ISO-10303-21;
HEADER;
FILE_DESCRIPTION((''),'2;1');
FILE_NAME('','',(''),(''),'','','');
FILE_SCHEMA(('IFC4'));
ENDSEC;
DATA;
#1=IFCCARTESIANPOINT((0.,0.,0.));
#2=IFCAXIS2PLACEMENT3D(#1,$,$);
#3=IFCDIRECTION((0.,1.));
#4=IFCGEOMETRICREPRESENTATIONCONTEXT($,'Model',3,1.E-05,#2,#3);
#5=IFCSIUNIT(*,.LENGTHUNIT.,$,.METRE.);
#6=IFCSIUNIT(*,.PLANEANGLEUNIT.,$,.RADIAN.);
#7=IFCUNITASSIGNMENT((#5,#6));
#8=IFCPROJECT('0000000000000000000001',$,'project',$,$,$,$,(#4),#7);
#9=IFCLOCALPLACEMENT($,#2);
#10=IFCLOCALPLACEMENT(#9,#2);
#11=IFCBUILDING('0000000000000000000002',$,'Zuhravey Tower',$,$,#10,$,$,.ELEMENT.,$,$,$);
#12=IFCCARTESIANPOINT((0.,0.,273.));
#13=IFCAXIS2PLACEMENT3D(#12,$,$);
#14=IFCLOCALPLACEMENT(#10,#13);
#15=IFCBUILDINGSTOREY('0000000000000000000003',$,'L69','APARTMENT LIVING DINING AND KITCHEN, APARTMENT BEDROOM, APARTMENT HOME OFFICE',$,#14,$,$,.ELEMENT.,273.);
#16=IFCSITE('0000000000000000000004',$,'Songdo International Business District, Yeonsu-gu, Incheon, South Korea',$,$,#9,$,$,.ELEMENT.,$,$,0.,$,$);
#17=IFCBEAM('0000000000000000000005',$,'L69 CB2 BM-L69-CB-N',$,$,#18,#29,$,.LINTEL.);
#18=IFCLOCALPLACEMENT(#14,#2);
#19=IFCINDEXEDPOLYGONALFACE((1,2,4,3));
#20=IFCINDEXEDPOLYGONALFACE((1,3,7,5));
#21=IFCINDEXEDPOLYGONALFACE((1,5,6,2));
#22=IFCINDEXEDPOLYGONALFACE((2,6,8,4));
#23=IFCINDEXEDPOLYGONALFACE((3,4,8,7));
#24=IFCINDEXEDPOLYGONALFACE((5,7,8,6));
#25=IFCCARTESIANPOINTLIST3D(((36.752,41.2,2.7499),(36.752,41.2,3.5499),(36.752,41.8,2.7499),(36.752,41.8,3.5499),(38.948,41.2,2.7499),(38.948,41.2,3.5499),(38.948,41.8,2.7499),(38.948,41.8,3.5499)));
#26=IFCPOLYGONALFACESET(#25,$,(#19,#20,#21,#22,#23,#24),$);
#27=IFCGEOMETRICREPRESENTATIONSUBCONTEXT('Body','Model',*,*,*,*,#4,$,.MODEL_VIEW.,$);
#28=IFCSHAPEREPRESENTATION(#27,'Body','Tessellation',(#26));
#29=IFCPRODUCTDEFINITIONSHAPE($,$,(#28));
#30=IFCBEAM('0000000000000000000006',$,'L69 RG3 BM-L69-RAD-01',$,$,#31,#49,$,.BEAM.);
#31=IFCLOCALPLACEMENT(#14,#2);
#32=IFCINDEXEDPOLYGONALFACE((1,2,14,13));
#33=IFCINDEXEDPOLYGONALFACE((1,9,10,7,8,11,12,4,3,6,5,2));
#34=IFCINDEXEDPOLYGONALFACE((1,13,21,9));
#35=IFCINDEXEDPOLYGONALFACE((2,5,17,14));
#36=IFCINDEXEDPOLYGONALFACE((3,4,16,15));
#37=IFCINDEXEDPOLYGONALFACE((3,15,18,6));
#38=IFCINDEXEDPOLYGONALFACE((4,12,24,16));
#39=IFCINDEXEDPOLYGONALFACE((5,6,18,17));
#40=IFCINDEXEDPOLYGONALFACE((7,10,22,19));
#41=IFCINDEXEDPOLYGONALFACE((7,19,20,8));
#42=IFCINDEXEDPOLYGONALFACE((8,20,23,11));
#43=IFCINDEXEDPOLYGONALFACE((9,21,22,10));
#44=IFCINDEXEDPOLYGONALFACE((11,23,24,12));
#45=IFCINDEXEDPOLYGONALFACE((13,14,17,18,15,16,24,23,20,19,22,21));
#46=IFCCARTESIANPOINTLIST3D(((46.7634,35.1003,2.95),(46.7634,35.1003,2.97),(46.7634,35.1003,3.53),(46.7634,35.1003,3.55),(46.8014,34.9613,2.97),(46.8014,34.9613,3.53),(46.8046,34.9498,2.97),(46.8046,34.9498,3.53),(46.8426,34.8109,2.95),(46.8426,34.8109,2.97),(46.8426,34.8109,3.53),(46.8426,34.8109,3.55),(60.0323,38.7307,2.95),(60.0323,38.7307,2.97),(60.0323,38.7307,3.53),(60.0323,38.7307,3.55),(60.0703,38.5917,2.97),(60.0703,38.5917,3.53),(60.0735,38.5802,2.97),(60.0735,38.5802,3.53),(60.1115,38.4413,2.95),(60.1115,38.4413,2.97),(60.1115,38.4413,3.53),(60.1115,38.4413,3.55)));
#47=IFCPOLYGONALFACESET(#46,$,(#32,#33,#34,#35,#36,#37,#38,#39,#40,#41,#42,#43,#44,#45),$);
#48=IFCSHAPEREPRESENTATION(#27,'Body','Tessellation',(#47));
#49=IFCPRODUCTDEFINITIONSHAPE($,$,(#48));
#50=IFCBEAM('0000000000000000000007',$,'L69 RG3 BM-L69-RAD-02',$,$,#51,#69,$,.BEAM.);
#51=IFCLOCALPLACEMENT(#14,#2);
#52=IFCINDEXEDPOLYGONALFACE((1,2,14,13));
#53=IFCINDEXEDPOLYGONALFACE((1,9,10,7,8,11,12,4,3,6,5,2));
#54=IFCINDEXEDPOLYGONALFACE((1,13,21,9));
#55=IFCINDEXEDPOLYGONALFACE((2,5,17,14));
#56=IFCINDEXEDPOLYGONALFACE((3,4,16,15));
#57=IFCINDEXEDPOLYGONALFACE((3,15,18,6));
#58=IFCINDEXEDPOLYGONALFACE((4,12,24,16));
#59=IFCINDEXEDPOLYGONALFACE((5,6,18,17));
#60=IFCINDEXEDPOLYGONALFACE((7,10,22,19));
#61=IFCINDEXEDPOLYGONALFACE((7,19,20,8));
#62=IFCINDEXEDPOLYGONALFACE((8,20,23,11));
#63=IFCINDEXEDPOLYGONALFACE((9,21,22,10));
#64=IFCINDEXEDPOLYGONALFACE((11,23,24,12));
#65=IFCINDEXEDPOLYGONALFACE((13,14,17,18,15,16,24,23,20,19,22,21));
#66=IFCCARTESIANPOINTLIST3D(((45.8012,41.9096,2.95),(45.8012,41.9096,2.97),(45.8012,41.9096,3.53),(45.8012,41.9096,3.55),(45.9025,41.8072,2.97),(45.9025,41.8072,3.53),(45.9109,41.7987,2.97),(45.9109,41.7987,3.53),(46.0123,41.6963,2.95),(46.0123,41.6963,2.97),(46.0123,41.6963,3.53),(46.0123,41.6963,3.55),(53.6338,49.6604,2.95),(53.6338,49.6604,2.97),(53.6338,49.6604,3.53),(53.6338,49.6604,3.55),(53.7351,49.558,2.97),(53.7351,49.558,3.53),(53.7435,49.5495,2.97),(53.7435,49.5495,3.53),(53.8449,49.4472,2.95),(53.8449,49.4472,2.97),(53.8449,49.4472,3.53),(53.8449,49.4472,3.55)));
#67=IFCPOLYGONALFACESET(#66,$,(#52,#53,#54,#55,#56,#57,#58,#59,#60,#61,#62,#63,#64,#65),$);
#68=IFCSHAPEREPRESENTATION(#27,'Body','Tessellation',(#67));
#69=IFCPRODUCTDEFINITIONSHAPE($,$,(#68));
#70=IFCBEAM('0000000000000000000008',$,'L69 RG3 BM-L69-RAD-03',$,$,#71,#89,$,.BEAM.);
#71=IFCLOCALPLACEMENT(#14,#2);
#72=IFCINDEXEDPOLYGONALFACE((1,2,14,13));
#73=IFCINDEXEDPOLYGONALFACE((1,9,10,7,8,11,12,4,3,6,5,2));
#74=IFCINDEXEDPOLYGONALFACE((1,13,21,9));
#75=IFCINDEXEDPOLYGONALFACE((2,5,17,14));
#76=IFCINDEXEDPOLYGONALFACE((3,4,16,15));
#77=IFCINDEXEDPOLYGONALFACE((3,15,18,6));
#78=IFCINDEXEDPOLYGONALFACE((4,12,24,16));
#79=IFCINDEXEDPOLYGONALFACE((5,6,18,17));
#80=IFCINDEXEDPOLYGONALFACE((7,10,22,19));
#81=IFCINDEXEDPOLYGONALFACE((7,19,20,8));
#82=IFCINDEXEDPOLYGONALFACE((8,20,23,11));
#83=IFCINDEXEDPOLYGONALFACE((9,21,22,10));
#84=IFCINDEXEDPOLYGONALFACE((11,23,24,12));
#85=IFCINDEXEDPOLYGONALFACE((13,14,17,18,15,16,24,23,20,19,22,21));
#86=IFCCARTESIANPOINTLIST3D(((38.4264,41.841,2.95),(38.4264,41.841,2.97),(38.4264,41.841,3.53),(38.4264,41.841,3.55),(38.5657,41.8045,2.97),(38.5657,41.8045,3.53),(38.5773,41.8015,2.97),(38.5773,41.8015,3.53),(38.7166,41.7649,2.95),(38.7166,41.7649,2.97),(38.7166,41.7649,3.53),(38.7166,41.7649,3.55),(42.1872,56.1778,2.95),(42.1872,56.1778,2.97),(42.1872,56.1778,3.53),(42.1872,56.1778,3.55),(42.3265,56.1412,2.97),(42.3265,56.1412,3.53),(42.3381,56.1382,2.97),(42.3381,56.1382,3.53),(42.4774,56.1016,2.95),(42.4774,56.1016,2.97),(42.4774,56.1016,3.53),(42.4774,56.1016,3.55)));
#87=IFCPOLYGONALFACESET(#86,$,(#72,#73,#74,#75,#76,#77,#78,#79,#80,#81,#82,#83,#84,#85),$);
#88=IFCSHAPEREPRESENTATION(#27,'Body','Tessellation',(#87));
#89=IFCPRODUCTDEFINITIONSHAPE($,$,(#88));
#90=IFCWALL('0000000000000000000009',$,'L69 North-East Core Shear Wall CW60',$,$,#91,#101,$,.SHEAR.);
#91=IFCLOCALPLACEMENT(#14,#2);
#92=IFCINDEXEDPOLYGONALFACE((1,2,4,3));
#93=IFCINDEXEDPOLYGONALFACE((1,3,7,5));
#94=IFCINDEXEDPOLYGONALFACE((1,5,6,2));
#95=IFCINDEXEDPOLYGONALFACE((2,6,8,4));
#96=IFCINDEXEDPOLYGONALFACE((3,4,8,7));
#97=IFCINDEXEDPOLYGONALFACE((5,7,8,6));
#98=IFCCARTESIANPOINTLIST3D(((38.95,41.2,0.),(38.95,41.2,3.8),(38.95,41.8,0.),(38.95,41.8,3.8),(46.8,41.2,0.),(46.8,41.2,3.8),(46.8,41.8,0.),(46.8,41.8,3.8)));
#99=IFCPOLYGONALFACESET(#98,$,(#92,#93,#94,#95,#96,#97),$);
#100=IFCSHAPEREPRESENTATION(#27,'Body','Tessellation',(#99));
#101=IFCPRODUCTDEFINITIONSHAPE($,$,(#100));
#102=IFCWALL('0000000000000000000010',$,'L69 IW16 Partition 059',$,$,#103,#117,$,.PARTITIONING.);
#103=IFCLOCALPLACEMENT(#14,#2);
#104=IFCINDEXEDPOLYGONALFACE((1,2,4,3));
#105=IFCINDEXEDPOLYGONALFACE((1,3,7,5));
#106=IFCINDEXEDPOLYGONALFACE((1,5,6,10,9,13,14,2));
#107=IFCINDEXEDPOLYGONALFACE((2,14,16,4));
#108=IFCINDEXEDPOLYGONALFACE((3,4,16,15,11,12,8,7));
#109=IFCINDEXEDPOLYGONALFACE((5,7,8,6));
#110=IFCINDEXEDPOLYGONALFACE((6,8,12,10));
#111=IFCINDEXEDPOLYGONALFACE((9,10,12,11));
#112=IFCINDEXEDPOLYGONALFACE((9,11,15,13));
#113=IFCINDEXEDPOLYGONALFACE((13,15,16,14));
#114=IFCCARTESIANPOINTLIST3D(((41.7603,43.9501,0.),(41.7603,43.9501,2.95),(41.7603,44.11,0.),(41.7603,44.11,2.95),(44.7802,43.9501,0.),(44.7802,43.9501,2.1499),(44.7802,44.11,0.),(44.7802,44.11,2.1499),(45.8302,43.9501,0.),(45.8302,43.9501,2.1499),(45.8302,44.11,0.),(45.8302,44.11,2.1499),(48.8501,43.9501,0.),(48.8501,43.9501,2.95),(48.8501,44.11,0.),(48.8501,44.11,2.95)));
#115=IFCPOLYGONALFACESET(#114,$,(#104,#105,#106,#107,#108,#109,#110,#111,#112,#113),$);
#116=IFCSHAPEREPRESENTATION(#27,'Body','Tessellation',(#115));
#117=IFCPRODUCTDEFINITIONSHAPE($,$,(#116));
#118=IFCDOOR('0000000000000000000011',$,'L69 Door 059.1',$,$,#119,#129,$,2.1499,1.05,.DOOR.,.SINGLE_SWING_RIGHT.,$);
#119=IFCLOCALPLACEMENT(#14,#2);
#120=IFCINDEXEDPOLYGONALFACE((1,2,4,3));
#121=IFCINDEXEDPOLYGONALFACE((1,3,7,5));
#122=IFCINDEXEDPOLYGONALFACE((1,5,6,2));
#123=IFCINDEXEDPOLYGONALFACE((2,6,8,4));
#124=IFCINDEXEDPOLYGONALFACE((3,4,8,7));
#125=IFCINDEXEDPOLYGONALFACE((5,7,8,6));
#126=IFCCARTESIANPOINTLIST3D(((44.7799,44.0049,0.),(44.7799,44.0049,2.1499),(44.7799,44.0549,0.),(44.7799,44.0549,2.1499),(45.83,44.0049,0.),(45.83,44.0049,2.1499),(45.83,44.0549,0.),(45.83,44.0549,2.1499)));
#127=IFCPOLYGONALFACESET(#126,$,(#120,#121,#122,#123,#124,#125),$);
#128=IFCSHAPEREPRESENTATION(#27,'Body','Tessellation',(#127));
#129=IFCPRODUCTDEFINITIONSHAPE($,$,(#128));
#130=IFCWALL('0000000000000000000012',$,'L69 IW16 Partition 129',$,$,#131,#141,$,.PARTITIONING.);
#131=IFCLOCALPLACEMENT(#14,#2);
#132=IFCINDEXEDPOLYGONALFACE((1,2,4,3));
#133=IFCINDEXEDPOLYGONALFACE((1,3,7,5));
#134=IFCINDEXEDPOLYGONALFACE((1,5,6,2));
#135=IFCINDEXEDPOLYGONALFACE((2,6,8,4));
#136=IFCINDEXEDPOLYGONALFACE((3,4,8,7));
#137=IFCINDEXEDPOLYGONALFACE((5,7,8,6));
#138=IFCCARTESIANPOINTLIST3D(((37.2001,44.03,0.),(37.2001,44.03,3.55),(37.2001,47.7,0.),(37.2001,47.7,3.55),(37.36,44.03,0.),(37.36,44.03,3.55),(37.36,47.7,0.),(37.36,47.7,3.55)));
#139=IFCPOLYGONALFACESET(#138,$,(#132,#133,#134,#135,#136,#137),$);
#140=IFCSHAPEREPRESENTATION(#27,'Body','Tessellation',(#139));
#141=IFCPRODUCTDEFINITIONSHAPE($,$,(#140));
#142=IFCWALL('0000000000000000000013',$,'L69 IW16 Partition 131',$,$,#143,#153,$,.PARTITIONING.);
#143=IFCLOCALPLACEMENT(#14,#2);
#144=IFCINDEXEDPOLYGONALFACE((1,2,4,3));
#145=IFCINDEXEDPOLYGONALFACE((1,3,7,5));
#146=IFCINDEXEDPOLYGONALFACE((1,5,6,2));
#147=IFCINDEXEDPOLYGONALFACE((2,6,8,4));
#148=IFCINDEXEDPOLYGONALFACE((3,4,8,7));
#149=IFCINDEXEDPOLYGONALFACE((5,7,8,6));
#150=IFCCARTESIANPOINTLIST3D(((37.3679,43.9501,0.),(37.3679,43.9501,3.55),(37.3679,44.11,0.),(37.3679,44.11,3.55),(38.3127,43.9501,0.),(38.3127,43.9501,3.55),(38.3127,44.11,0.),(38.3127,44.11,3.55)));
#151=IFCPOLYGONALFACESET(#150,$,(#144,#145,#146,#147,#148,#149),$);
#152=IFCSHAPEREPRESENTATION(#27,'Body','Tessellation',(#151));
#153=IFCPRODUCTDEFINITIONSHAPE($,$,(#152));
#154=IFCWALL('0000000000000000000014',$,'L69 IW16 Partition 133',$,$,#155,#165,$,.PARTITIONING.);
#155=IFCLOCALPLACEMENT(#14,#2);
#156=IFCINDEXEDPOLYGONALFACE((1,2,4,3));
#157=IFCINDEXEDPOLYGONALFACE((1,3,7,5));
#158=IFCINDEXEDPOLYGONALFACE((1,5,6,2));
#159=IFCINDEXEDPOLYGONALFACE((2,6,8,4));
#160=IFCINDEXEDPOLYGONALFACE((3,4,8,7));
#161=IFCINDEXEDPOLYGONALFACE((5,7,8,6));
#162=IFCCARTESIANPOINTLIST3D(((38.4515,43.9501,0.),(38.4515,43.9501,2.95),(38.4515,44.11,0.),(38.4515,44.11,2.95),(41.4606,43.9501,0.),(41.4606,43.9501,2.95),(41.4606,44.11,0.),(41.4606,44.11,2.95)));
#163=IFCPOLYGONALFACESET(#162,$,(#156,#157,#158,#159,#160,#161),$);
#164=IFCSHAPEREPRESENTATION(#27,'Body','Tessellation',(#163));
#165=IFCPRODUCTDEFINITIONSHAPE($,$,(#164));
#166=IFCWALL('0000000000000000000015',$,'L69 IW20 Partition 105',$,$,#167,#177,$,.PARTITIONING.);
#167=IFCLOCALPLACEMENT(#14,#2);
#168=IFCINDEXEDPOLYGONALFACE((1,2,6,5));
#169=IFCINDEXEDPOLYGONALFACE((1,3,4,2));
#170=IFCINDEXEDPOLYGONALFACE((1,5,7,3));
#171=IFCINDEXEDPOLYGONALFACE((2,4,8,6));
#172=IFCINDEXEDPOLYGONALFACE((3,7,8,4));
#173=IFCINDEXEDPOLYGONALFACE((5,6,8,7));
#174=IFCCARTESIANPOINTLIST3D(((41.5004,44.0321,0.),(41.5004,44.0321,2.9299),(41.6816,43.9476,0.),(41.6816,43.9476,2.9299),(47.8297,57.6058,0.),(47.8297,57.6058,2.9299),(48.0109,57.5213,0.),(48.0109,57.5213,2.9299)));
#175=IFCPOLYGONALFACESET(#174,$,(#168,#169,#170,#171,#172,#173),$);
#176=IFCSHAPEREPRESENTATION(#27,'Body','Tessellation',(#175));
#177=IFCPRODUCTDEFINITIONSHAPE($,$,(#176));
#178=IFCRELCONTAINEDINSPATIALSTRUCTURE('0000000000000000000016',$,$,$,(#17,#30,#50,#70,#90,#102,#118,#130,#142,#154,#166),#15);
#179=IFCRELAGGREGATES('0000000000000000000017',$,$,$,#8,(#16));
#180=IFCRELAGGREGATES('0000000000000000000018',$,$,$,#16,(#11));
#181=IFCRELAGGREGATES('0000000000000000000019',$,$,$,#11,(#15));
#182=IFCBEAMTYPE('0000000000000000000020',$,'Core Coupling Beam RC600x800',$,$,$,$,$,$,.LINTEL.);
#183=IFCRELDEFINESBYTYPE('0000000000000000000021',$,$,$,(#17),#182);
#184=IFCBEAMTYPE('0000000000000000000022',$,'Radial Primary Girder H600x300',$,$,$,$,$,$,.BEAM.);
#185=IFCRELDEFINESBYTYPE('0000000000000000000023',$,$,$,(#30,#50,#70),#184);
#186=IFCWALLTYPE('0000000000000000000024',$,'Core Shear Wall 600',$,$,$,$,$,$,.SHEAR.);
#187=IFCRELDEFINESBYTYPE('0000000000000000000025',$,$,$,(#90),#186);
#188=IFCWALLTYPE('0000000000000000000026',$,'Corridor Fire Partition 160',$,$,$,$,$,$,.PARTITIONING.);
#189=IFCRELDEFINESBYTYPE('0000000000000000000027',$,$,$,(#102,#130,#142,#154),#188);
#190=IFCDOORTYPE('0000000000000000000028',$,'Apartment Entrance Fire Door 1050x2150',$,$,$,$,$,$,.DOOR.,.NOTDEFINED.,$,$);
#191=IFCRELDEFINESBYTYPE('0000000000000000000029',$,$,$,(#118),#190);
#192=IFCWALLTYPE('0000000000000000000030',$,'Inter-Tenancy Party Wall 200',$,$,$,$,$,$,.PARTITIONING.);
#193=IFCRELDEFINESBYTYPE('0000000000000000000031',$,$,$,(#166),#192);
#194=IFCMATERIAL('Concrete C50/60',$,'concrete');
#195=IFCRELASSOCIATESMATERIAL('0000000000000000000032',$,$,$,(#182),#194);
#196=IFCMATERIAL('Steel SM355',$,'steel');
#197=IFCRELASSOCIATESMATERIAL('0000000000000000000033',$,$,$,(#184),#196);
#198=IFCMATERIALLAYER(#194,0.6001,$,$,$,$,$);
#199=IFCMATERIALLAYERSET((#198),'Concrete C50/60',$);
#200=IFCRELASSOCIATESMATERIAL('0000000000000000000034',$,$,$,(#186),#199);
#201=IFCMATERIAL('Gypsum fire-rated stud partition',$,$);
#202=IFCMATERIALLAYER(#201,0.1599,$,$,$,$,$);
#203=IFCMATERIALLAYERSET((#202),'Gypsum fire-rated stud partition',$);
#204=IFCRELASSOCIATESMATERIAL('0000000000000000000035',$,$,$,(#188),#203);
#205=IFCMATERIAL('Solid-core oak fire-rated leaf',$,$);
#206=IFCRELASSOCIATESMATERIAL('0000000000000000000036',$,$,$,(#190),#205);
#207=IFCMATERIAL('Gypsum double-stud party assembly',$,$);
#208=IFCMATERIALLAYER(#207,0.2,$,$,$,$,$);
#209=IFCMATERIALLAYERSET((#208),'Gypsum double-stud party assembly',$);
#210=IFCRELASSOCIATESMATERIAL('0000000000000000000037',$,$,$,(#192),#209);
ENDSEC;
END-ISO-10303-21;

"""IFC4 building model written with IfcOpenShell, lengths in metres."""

from ifc_helpers import new_model, si_unit, direction, frame, frame_2d, origin, origin_2d, place, context, subcontext, project, spatial, rectangle, i_section, extrude, material, layer, layer_set, material_profile, profile_set, type_object, element, fill, save


model = new_model("IFC4")

# Units and contexts
model_context = context("Model", 3, precision=1e-05, world=origin(), true_north=direction((0.0, 1.0)))
body_context = subcontext(model_context, "Body", "Model", "MODEL_VIEW")
ifc_project = project(units=[si_unit("LENGTHUNIT", "METRE"), si_unit("PLANEANGLEUNIT", "RADIAN")], contexts=[model_context])

# Site, building, storey
site_placement = place(None, origin())
site = spatial("IfcSite", under=ifc_project, at=site_placement, Name="Songdo International Business District, Yeonsu-gu, Incheon, South Korea", CompositionType="ELEMENT", RefElevation=0.0)
building_placement = place(site_placement, origin())
building = spatial("IfcBuilding", under=site, at=building_placement, Name="Zuhravey Tower", CompositionType="ELEMENT")
storey_placement = place(building_placement, frame((0.0, 0.0, 273.0)))
storey = spatial("IfcBuildingStorey", under=building, at=storey_placement, Name="L69", Description="APARTMENT LIVING DINING AND KITCHEN, APARTMENT BEDROOM, APARTMENT HOME OFFICE", CompositionType="ELEMENT", Elevation=273.0)

# Beams
ifc_material_1 = material(Name="Concrete C50/60", Category="concrete")
ifc_material_profile_1 = material_profile(ifc_material_1, rectangle(XDim=0.6001, YDim=0.8, at=origin_2d()), Name="RC-600x800")
ifc_profile_set_1 = profile_set([ifc_material_profile_1], Name="Concrete C50/60")
beam_type_1 = type_object("IfcBeamType", Name="Core Coupling Beam RC600x800", PredefinedType="LINTEL", material=ifc_profile_set_1)
beam_1_placement = place(storey_placement, frame((36.752, 41.5, 3.1499), z_axis=(1.0, 0.0, 0.0), x_axis=(0.0, 1.0, 0.0)))
element("IfcBeam", 1, at=beam_1_placement, inside=storey, type_object=beam_type_1, Name="L69 CB2 BM-L69-CB-N", PredefinedType="LINTEL", context=body_context, shape_type="SweptSolid", body=[
    extrude(rectangle(XDim=0.6001, YDim=0.8, at=origin_2d()), origin(), (0.0, 0.0, 1.0), 2.196),
])
ifc_material_2 = material(Name="Steel SM355", Category="steel")
ifc_material_profile_2 = material_profile(ifc_material_2, i_section(OverallWidth=0.3, OverallDepth=0.6001, WebThickness=0.012, FlangeThickness=0.02, at=origin_2d()), Name="H-600x300x12x20")
ifc_profile_set_2 = profile_set([ifc_material_profile_2], Name="Steel SM355")
beam_type_2 = type_object("IfcBeamType", Name="Radial Primary Girder H600x300", PredefinedType="BEAM", material=ifc_profile_set_2)
beam_2_placement = place(storey_placement, frame((46.803, 34.9556, 3.25), z_axis=(0.964549, 0.263903, 0.0), x_axis=(-0.263903, 0.964549, 0.0)))
element("IfcBeam", 2, at=beam_2_placement, inside=storey, type_object=beam_type_2, Name="L69 RG3 BM-L69-RAD-01", PredefinedType="BEAM", context=body_context, shape_type="SweptSolid", body=[
    extrude(i_section(OverallWidth=0.3, OverallDepth=0.6001, WebThickness=0.012, FlangeThickness=0.02, at=origin_2d()), origin(), (0.0, 0.0, 1.0), 13.7566),
])
beam_3_placement = place(storey_placement, frame((45.9067, 41.803, 3.25), z_axis=(0.710808, 0.703386, 0.0), x_axis=(-0.703386, 0.710808, 0.0)))
element("IfcBeam", 3, at=beam_3_placement, inside=storey, type_object=beam_type_2, Name="L69 RG3 BM-L69-RAD-02", PredefinedType="BEAM", context=body_context, shape_type="SweptSolid", body=[
    extrude(i_section(OverallWidth=0.3, OverallDepth=0.6001, WebThickness=0.012, FlangeThickness=0.02, at=origin_2d()), origin(), (0.0, 0.0, 1.0), 11.0193),
])
beam_4_placement = place(storey_placement, frame((38.5715, 41.803, 3.25), z_axis=(0.253732, 0.967275, 0.0), x_axis=(-0.967275, 0.253732, 0.0)))
element("IfcBeam", 4, at=beam_4_placement, inside=storey, type_object=beam_type_2, Name="L69 RG3 BM-L69-RAD-03", PredefinedType="BEAM", context=body_context, shape_type="SweptSolid", body=[
    extrude(i_section(OverallWidth=0.3, OverallDepth=0.6001, WebThickness=0.012, FlangeThickness=0.02, at=origin_2d()), origin(), (0.0, 0.0, 1.0), 14.8218),
])

# Wall
ifc_layer_1 = layer(ifc_material_1, 0.6001)
ifc_layer_set_1 = layer_set([ifc_layer_1], Name="Concrete C50/60")
wall_type_1 = type_object("IfcWallType", Name="Core Shear Wall 600", PredefinedType="SHEAR", material=ifc_layer_set_1)
wall_1_placement = place(storey_placement, frame((46.8, 41.5, 0.0), z_axis=(0.0, 0.0, 1.0), x_axis=(-1.0, 0.0, 0.0)))
element("IfcWall", 5, at=wall_1_placement, inside=storey, type_object=wall_type_1, Name="L69 North-East Core Shear Wall CW60", PredefinedType="SHEAR", context=body_context, shape_type="SweptSolid", body=[
    extrude(rectangle(XDim=7.8501, YDim=0.6001, at=frame_2d((3.925, 0.0))), origin(), (0.0, 0.0, 1.0), 3.8),
])

# Wall, opening, door
ifc_material_3 = material(Name="Gypsum fire-rated stud partition")
ifc_layer_2 = layer(ifc_material_3, 0.1599)
ifc_layer_set_2 = layer_set([ifc_layer_2], Name="Gypsum fire-rated stud partition")
wall_type_2 = type_object("IfcWallType", Name="Corridor Fire Partition 160", PredefinedType="PARTITIONING", material=ifc_layer_set_2)
wall_2_placement = place(storey_placement, frame((48.8501, 44.03, 0.0), z_axis=(0.0, 0.0, 1.0), x_axis=(-1.0, 0.0, 0.0)))
wall_2 = element("IfcWall", 6, at=wall_2_placement, inside=storey, type_object=wall_type_2, Name="L69 IW16 Partition 059", PredefinedType="PARTITIONING", context=body_context, shape_type="SweptSolid", body=[
    extrude(rectangle(XDim=7.0898, YDim=0.1599, at=frame_2d((3.5449, 0.0))), origin(), (0.0, 0.0, 1.0), 2.95),
])
opening_1_placement = place(wall_2_placement, frame((3.02, 0.0, 0.0)))
opening_1 = element("IfcOpeningElement", 7, at=opening_1_placement, cuts=wall_2, PredefinedType="OPENING", context=body_context, shape_type="SweptSolid", body=[
    extrude(rectangle(XDim=1.05, YDim=2.1499, at=frame_2d((0.5249, 1.075))), frame((0.0, 0.092, 0.0), z_axis=(0.0, -1.0, 0.0), x_axis=(1.0, 0.0, 0.0)), (0.0, 0.0, 1.0), 0.1838),
])
ifc_material_4 = material(Name="Solid-core oak fire-rated leaf")
door_type_1 = type_object("IfcDoorType", Name="Apartment Entrance Fire Door 1050x2150", OperationType="NOTDEFINED", PredefinedType="DOOR", material=ifc_material_4)
door_1_placement = place(opening_1_placement, frame((1.05, 0.0, 0.0), z_axis=(0.0, 0.0, 1.0), x_axis=(-1.0, 0.0, 0.0)))
door_1 = element("IfcDoor", 8, at=door_1_placement, inside=storey, type_object=door_type_1, Name="L69 Door 059.1", OperationType="SINGLE_SWING_RIGHT", OverallHeight=2.1499, OverallWidth=1.05, PredefinedType="DOOR", context=body_context, shape_type="SweptSolid", body=[
    extrude(rectangle(XDim=1.05, YDim=2.1499, at=frame_2d((0.5249, 1.075))), frame((0.0, 0.0249, 0.0), z_axis=(0.0, -1.0, 0.0), x_axis=(1.0, 0.0, 0.0)), (0.0, 0.0, 1.0), 0.05),
])
fill(opening_1, door_1)

# Walls
wall_3_placement = place(storey_placement, frame((37.28, 44.03, 0.0), z_axis=(0.0, 0.0, 1.0), x_axis=(0.0, 1.0, 0.0)))
element("IfcWall", 9, at=wall_3_placement, inside=storey, type_object=wall_type_2, Name="L69 IW16 Partition 129", PredefinedType="PARTITIONING", context=body_context, shape_type="SweptSolid", body=[
    extrude(rectangle(XDim=3.6699, YDim=0.1599, at=frame_2d((1.835, 0.0))), origin(), (0.0, 0.0, 1.0), 3.55),
])
wall_4_placement = place(storey_placement, frame((38.3127, 44.03, 0.0), z_axis=(0.0, 0.0, 1.0), x_axis=(-1.0, 0.0, 0.0)))
element("IfcWall", 10, at=wall_4_placement, inside=storey, type_object=wall_type_2, Name="L69 IW16 Partition 131", PredefinedType="PARTITIONING", context=body_context, shape_type="SweptSolid", body=[
    extrude(rectangle(XDim=0.9448, YDim=0.1599, at=frame_2d((0.4724, 0.0))), origin(), (0.0, 0.0, 1.0), 3.55),
])
wall_5_placement = place(storey_placement, frame((41.4604, 44.03, 0.0), z_axis=(0.0, 0.0, 1.0), x_axis=(-1.0, 0.0, 0.0)))
element("IfcWall", 11, at=wall_5_placement, inside=storey, type_object=wall_type_2, Name="L69 IW16 Partition 133", PredefinedType="PARTITIONING", context=body_context, shape_type="SweptSolid", body=[
    extrude(rectangle(XDim=3.009, YDim=0.1599, at=frame_2d((1.5044, 0.0))), origin(), (0.0, 0.0, 1.0), 2.95),
])

# Wall
ifc_material_5 = material(Name="Gypsum double-stud party assembly")
ifc_layer_3 = layer(ifc_material_5, 0.2)
ifc_layer_set_3 = layer_set([ifc_layer_3], Name="Gypsum double-stud party assembly")
wall_type_3 = type_object("IfcWallType", Name="Inter-Tenancy Party Wall 200", PredefinedType="PARTITIONING", material=ifc_layer_set_3)
wall_6_placement = place(storey_placement, frame((41.5911, 43.99, 0.0), z_axis=(0.0, 0.0, 1.0), x_axis=(0.422608, 0.906313, 0.0)))
element("IfcWall", 12, at=wall_6_placement, inside=storey, type_object=wall_type_3, Name="L69 IW20 Partition 105", PredefinedType="PARTITIONING", context=body_context, shape_type="SweptSolid", body=[
    extrude(rectangle(XDim=14.9768, YDim=0.2, at=frame_2d((7.4883, 0.0))), origin(), (0.0, 0.0, 1.0), 2.9299),
])

save(model, "model.ifc")
